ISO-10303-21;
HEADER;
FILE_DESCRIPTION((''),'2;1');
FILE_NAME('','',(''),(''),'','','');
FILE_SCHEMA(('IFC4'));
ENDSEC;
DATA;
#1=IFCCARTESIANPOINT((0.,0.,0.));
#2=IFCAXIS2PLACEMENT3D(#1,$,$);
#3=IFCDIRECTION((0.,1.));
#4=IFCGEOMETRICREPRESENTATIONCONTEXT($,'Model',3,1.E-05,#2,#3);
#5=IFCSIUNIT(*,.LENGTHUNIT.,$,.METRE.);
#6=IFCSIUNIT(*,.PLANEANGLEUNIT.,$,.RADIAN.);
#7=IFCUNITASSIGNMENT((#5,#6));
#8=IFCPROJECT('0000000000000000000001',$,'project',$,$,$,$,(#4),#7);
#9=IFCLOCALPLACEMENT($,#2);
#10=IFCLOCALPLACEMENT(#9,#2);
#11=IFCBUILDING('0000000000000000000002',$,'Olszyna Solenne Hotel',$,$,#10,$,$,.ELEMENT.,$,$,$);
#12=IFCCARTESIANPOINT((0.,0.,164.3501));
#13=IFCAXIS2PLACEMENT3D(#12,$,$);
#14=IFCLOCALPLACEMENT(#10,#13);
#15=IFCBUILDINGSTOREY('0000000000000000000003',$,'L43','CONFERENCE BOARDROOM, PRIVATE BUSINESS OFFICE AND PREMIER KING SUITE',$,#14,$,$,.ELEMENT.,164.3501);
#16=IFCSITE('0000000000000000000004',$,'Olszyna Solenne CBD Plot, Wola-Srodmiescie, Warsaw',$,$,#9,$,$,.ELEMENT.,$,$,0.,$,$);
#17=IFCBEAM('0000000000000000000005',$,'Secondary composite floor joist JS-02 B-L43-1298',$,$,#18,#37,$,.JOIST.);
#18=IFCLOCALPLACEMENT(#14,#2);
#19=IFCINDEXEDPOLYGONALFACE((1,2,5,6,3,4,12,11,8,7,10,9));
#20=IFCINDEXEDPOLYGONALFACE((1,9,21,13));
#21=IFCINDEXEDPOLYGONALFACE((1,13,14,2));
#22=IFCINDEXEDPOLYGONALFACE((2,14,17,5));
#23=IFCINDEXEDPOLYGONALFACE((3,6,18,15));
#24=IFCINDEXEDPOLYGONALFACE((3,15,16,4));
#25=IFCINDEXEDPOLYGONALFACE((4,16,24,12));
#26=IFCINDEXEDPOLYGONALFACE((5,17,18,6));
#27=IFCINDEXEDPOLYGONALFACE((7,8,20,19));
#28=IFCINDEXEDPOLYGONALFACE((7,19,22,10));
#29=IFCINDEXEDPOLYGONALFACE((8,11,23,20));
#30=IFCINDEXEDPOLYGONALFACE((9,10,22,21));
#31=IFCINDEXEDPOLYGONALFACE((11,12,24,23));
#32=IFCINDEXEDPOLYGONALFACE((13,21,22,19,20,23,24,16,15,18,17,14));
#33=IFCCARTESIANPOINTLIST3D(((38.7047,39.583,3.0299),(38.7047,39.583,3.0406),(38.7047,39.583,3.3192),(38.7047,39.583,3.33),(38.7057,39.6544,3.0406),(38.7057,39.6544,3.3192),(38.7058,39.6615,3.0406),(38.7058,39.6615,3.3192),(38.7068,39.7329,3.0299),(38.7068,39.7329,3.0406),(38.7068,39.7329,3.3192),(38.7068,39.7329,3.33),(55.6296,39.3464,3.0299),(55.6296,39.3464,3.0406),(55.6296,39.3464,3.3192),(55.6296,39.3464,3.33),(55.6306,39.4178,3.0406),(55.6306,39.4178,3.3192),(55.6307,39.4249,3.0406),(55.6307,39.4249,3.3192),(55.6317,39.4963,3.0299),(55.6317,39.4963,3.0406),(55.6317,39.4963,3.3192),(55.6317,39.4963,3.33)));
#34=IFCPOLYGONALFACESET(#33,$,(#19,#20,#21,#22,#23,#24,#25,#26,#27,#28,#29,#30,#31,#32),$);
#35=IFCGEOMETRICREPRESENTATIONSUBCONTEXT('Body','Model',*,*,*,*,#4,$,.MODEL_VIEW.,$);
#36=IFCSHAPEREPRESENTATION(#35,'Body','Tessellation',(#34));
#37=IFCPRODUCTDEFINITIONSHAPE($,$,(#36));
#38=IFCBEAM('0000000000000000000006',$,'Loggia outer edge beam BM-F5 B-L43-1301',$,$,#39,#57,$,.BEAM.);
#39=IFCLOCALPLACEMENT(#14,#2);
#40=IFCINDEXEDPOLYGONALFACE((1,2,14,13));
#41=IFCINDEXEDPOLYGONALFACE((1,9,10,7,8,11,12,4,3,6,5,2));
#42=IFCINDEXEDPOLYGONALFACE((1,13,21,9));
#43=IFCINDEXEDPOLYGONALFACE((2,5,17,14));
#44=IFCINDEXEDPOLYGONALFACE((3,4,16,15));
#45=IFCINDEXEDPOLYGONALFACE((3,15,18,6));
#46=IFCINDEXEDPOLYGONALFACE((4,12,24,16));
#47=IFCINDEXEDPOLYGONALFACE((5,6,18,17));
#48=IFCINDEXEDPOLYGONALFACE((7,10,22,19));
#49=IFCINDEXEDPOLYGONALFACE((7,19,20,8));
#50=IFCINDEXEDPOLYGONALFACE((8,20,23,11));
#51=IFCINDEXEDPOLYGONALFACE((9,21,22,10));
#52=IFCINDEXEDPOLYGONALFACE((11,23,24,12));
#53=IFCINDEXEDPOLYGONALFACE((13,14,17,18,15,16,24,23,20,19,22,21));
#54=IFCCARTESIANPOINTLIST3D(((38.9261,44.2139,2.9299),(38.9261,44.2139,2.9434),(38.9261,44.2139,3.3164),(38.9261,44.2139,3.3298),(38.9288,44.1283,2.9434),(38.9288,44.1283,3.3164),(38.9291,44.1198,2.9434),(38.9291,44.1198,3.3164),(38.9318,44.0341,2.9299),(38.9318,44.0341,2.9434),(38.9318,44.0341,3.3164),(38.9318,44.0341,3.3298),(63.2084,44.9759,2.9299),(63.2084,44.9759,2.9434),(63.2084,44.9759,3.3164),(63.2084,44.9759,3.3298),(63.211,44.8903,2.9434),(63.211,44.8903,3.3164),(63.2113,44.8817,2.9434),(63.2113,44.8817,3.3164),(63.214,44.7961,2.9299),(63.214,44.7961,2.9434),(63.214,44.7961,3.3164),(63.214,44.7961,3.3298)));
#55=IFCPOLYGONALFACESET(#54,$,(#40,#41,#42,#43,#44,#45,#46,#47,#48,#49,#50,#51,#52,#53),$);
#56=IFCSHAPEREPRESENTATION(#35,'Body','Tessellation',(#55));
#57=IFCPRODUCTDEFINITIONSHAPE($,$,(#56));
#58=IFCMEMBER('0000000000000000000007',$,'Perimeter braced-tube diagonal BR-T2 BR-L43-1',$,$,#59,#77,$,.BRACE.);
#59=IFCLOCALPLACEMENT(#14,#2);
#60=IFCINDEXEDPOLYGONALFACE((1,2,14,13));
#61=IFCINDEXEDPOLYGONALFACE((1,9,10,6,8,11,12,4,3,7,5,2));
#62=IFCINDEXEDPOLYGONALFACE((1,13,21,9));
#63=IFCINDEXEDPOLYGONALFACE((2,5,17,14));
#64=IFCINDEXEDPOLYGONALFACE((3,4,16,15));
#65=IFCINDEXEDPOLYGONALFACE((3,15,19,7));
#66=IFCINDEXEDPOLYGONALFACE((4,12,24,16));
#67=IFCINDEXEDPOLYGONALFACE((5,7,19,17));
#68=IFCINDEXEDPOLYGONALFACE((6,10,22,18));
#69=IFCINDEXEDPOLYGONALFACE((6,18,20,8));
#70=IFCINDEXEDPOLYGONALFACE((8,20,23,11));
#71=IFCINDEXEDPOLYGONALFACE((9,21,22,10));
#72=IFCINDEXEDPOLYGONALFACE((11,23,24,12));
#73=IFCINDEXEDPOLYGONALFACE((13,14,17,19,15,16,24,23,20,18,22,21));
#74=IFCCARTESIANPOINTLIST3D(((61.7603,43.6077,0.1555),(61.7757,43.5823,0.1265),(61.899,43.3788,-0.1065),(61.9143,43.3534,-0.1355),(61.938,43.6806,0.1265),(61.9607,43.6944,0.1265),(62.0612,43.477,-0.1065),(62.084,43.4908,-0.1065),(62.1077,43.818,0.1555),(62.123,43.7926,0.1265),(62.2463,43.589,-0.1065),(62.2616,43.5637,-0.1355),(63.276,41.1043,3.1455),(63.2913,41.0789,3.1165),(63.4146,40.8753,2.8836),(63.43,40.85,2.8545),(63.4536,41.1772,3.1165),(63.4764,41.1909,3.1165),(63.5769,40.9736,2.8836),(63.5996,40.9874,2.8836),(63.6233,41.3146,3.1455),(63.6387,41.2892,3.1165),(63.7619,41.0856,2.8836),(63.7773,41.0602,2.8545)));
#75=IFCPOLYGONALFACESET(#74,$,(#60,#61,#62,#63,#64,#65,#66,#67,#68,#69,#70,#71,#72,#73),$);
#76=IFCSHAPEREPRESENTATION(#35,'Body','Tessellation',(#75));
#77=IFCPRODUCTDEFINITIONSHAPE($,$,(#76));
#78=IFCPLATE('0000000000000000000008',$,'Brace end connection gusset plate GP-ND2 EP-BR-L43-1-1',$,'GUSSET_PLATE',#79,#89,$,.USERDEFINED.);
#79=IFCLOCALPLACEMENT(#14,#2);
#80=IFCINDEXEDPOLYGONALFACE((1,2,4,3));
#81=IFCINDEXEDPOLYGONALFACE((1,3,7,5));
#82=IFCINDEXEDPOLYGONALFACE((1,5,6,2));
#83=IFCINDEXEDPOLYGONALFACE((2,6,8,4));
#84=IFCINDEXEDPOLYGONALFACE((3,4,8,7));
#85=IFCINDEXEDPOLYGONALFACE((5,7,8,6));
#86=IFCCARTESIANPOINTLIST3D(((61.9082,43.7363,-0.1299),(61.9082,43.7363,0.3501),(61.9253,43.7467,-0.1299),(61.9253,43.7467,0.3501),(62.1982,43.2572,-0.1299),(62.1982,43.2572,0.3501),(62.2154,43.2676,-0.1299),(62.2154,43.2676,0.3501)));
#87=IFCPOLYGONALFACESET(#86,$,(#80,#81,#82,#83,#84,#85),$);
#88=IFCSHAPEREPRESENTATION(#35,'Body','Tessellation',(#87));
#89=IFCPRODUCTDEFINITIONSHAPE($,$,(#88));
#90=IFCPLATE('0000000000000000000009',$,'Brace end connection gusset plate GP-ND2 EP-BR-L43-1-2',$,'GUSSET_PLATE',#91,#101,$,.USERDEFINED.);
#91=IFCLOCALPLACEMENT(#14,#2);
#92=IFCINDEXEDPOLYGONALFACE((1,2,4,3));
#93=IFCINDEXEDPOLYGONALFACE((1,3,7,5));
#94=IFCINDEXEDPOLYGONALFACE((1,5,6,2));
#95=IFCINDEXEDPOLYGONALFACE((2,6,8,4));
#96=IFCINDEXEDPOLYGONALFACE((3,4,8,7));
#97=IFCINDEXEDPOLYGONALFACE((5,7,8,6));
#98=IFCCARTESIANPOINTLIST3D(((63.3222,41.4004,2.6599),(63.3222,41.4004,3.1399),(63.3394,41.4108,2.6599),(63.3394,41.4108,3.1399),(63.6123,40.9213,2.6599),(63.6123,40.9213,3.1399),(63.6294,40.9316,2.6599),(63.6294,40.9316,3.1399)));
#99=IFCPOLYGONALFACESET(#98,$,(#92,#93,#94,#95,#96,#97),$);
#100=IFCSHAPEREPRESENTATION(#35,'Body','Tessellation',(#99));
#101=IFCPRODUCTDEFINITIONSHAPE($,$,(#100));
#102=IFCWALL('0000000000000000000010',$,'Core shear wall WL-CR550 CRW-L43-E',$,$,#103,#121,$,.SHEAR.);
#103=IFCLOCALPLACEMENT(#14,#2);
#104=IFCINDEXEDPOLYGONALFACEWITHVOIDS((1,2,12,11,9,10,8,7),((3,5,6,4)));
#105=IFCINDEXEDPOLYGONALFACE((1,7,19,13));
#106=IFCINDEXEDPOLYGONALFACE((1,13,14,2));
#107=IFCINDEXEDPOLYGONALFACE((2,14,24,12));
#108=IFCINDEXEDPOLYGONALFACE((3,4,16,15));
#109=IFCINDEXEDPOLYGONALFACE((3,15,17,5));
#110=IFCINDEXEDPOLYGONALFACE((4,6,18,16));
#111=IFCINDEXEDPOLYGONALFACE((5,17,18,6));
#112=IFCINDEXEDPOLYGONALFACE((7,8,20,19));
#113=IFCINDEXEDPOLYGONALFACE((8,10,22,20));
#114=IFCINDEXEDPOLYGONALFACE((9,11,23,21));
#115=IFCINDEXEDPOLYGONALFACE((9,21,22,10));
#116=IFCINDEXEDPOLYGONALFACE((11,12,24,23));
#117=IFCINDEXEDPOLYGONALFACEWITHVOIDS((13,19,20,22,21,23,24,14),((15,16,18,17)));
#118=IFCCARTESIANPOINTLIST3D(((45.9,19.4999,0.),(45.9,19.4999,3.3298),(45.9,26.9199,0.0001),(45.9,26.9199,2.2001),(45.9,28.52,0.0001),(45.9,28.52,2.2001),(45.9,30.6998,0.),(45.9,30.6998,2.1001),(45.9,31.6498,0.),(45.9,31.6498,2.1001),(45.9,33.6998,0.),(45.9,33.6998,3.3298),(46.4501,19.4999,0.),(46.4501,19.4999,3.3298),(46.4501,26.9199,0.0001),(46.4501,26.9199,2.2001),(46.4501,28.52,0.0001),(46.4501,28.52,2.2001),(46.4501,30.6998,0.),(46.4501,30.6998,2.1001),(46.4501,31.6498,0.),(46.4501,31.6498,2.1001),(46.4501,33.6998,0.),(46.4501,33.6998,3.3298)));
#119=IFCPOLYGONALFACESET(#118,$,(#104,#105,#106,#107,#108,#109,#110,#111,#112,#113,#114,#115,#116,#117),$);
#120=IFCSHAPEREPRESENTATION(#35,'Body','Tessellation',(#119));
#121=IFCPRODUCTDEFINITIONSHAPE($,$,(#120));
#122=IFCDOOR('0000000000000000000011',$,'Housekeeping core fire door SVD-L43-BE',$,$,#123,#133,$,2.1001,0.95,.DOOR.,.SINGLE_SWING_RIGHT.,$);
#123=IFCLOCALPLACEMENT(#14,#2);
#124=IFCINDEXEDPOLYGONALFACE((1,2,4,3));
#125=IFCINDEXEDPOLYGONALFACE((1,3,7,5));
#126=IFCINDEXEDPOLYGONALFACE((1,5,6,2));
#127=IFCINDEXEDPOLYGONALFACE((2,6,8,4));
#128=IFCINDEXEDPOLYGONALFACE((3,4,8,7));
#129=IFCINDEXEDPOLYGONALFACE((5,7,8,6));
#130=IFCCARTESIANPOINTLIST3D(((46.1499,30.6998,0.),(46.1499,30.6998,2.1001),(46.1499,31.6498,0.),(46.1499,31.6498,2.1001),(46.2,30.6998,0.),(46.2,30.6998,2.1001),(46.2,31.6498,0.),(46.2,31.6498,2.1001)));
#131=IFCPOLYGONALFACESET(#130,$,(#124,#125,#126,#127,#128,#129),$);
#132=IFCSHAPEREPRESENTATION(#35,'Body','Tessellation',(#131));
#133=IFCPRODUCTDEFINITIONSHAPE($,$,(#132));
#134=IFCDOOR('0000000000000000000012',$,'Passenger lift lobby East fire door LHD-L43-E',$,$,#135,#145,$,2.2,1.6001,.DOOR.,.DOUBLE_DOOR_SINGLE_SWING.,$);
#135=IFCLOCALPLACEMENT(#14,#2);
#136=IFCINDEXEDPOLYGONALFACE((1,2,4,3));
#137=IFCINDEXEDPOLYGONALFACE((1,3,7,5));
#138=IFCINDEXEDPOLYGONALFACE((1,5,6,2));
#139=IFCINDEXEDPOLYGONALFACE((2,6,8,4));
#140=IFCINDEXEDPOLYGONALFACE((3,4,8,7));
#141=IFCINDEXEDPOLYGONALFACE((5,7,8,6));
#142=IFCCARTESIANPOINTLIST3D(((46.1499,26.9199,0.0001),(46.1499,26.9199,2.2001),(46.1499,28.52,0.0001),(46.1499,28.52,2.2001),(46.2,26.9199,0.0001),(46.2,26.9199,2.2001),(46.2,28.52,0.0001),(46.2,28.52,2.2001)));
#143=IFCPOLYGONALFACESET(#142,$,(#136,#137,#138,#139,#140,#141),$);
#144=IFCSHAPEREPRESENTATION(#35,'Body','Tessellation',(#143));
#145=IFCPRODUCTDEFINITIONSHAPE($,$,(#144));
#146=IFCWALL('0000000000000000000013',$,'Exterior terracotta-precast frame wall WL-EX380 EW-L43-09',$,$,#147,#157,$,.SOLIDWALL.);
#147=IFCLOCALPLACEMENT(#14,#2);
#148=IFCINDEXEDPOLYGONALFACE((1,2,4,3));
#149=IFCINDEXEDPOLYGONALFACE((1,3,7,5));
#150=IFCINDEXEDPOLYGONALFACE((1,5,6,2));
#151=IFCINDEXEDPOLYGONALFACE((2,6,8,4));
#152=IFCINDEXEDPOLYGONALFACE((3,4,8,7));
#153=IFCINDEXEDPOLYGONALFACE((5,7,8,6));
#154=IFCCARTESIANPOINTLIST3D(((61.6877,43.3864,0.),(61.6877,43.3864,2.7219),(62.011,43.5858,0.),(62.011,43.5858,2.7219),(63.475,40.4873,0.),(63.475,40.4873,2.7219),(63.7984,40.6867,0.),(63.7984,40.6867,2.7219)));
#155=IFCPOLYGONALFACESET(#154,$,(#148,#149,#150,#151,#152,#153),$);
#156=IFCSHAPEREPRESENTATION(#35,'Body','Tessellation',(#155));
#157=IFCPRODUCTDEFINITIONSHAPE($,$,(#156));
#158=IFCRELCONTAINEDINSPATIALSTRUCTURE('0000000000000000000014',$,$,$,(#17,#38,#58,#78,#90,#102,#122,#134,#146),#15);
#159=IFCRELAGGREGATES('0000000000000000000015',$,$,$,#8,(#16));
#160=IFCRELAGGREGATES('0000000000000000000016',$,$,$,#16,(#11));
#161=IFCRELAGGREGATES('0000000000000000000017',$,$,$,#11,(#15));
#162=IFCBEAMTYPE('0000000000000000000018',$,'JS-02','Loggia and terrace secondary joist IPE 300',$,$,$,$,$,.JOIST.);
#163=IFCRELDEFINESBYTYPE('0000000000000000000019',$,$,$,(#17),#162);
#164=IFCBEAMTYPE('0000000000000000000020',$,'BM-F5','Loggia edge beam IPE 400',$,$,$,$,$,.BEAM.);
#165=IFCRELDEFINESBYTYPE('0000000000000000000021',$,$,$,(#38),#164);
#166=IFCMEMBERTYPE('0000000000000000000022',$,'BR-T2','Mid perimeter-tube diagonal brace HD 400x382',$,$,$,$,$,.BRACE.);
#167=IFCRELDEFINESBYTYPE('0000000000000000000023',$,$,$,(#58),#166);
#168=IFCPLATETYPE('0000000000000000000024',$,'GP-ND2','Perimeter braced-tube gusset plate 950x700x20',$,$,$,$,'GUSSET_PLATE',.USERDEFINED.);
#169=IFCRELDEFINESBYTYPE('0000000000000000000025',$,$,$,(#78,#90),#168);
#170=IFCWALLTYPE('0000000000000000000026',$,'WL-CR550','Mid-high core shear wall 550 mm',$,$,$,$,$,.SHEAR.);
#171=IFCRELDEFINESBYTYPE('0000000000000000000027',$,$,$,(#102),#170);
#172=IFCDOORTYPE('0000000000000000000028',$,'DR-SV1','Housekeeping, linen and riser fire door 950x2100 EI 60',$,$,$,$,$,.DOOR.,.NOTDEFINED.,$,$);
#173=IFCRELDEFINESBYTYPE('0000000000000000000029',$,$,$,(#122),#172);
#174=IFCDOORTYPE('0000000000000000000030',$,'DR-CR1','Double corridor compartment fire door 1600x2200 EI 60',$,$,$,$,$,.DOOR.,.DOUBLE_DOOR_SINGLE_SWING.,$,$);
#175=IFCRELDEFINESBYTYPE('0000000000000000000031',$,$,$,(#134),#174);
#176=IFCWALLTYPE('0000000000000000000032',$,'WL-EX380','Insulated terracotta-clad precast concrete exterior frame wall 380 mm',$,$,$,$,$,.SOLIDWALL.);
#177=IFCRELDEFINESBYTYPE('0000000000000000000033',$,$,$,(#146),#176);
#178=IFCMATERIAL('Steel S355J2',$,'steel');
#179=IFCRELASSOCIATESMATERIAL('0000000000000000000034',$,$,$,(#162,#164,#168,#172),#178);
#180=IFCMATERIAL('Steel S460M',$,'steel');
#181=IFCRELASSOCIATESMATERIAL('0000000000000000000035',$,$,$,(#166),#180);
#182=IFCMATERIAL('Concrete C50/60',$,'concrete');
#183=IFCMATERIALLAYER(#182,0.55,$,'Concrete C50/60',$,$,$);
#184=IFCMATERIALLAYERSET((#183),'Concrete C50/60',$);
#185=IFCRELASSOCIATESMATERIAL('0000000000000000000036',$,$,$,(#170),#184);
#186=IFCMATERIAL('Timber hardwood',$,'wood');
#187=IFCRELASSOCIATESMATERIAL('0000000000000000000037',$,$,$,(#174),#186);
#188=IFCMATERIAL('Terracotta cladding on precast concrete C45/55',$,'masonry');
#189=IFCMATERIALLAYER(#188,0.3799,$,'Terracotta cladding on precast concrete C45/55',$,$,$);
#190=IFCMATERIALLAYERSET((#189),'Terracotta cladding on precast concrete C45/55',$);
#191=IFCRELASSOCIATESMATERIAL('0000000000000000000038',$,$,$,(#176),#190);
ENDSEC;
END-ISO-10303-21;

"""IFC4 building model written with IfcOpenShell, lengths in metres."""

from ifc_helpers import new_model, si_unit, direction, frame, frame_2d, origin, origin_2d, place, context, subcontext, project, spatial, rectangle, i_section, extrude, source, transform, mapped, material, layer, layer_set, material_profile, profile_set, type_object, type_shapes, element, fill, save


model = new_model("IFC4")

# Units and contexts
model_context = context("Model", 3, precision=1e-05, world=origin(), true_north=direction((0.0, 1.0)))
body_context = subcontext(model_context, "Body", "Model", "MODEL_VIEW")
ifc_project = project(units=[si_unit("LENGTHUNIT", "METRE"), si_unit("PLANEANGLEUNIT", "RADIAN")], contexts=[model_context])

# Site, building, storey
site_placement = place(None, origin())
site = spatial("IfcSite", under=ifc_project, at=site_placement, Name="Olszyna Solenne CBD Plot, Wola-Srodmiescie, Warsaw", CompositionType="ELEMENT", RefElevation=0.0)
building_placement = place(site_placement, origin())
building = spatial("IfcBuilding", under=site, at=building_placement, Name="Olszyna Solenne Hotel", CompositionType="ELEMENT")
storey_placement = place(building_placement, frame((0.0, 0.0, 164.3501)))
storey = spatial("IfcBuildingStorey", under=building, at=storey_placement, Name="L43", Description="CONFERENCE BOARDROOM, PRIVATE BUSINESS OFFICE AND PREMIER KING SUITE", CompositionType="ELEMENT", Elevation=164.3501)

# Shared definitions
ifc_material_1 = material(Name="Steel S460M", Category="steel")

# Beams
ifc_material_2 = material(Name="Steel S355J2", Category="steel")
ifc_material_profile_1 = material_profile(ifc_material_2, i_section(OverallWidth=0.1499, OverallDepth=0.3, WebThickness=0.0071, FlangeThickness=0.0107, at=origin_2d()), Name="IPE 300", Category="load-bearing")
ifc_profile_set_1 = profile_set([ifc_material_profile_1], Name="Steel S355J2")
beam_type_1 = type_object("IfcBeamType", Name="JS-02", Description="Loggia and terrace secondary joist IPE 300", PredefinedType="JOIST", material=ifc_profile_set_1)
shared_shape_1 = source(origin(), body_context, "Body", "SweptSolid", [
    extrude(i_section(OverallWidth=0.1499, OverallDepth=0.3, WebThickness=0.0071, FlangeThickness=0.0107, at=origin_2d()), origin(), (0.0, 0.0, 1.0), 16.9265),
])
beam_1_placement = place(storey_placement, frame((55.6306, 39.4214, 3.1799), z_axis=(-0.999902, 0.013976, 0.0), x_axis=(-0.013976, -0.999902, 0.0)))
element("IfcBeam", 1, at=beam_1_placement, inside=storey, type_object=beam_type_1, Name="Secondary composite floor joist JS-02 B-L43-1298", PredefinedType="JOIST", context=body_context, shape_type="MappedRepresentation", body=[
    mapped(shared_shape_1, transform((0.0, 0.0, 0.0), x_axis=(1.0, 0.0, 0.0), y_axis=(0.0, 1.0, 0.0), z_axis=(0.0, 0.0, 1.0), scale=1.0)),
])
ifc_material_profile_2 = material_profile(ifc_material_2, i_section(OverallWidth=0.1799, OverallDepth=0.3999, WebThickness=0.0085, FlangeThickness=0.0134, at=origin_2d()), Name="IPE 400", Category="load-bearing")
ifc_profile_set_2 = profile_set([ifc_material_profile_2], Name="Steel S355J2")
beam_type_2 = type_object("IfcBeamType", Name="BM-F5", Description="Loggia edge beam IPE 400", PredefinedType="BEAM", material=ifc_profile_set_2)
shared_shape_2 = source(origin(), body_context, "Body", "SweptSolid", [
    extrude(i_section(OverallWidth=0.1799, OverallDepth=0.3999, WebThickness=0.0085, FlangeThickness=0.0134, at=origin_2d()), origin(), (0.0, 0.0, 1.0), 24.2942),
])
beam_2_placement = place(storey_placement, frame((63.2112, 44.886, 3.1299), z_axis=(-0.999508, -0.031364, 0.0), x_axis=(0.031364, -0.999508, 0.0)))
element("IfcBeam", 2, at=beam_2_placement, inside=storey, type_object=beam_type_2, Name="Loggia outer edge beam BM-F5 B-L43-1301", PredefinedType="BEAM", context=body_context, shape_type="MappedRepresentation", body=[
    mapped(shared_shape_2, transform((0.0, 0.0, 0.0), x_axis=(1.0, 0.0, 0.0), y_axis=(0.0, 1.0, 0.0), z_axis=(0.0, 0.0, 1.0), scale=1.0)),
])

# Member
ifc_material_profile_3 = material_profile(ifc_material_1, i_section(OverallWidth=0.406, OverallDepth=0.416, WebThickness=0.0266, FlangeThickness=0.0415, at=origin_2d()), Name="HD 400x382", Category="load-bearing")
ifc_profile_set_3 = profile_set([ifc_material_profile_3], Name="Steel S460M")
member_type = type_object("IfcMemberType", Name="BR-T2", Description="Mid perimeter-tube diagonal brace HD 400x382", PredefinedType="BRACE", material=ifc_profile_set_3)
shared_shape_3 = source(origin(), body_context, "Body", "SweptSolid", [
    extrude(i_section(OverallWidth=0.406, OverallDepth=0.416, WebThickness=0.0266, FlangeThickness=0.0415, at=origin_2d()), origin(), (0.0, 0.0, 1.0), 4.1838),
])
member_placement = place(storey_placement, frame((62.011, 43.5857, 0.01), z_axis=(0.36226, -0.598358, 0.714657), x_axis=(0.85544, 0.517902, 0.0)))
element("IfcMember", 3, at=member_placement, inside=storey, type_object=member_type, Name="Perimeter braced-tube diagonal BR-T2 BR-L43-1", PredefinedType="BRACE", context=body_context, shape_type="MappedRepresentation", body=[
    mapped(shared_shape_3, transform((0.0, 0.0, 0.0), x_axis=(1.0, 0.0, 0.0), y_axis=(0.0, 1.0, 0.0), z_axis=(0.0, 0.0, 1.0), scale=1.0)),
])

# Plates
plate_type = type_object("IfcPlateType", Name="GP-ND2", Description="Perimeter braced-tube gusset plate 950x700x20", ElementType="GUSSET_PLATE", PredefinedType="USERDEFINED", material=ifc_material_2)
shared_shape_4 = source(origin(), body_context, "Body", "SweptSolid", [
    extrude(rectangle(XDim=0.5601, YDim=0.02, at=origin_2d()), origin(), (0.0, 0.0, 1.0), 0.48),
])
for number, where, z_axis, x_axis, name in (
    (4, (62.0618, 43.502, -0.1299), (0.0, 0.0, 1.0), (0.517878, -0.855455, 0.0), "Brace end connection gusset plate GP-ND2 EP-BR-L43-1-1"),
    (5, (63.4758, 41.166, 2.6599), (0.0, 0.0, 1.0), (0.517878, -0.855455, 0.0), "Brace end connection gusset plate GP-ND2 EP-BR-L43-1-2"),
):
    element("IfcPlate", number, at=place(storey_placement, frame(where, z_axis=z_axis, x_axis=x_axis)), inside=storey, type_object=plate_type, Name=name, ObjectType="GUSSET_PLATE", PredefinedType="USERDEFINED", context=body_context, shape_type="MappedRepresentation", body=[
        mapped(shared_shape_4, transform((0.0, 0.0, 0.0), x_axis=(1.0, 0.0, 0.0), y_axis=(0.0, 1.0, 0.0), z_axis=(0.0, 0.0, 1.0), scale=1.0)),
    ])

# Wall, openings, doors
ifc_material_3 = material(Name="Concrete C50/60", Category="concrete")
ifc_layer_1 = layer(ifc_material_3, 0.55, Name="Concrete C50/60")
ifc_layer_set_1 = layer_set([ifc_layer_1], Name="Concrete C50/60")
wall_type_1 = type_object("IfcWallType", Name="WL-CR550", Description="Mid-high core shear wall 550 mm", PredefinedType="SHEAR", material=ifc_layer_set_1)
wall_1_placement = place(storey_placement, frame((46.175, 33.7, 0.0), z_axis=(0.0, 0.0, 1.0), x_axis=(0.0, -1.0, 0.0)))
wall_1 = element("IfcWall", 6, at=wall_1_placement, inside=storey, type_object=wall_type_1, Name="Core shear wall WL-CR550 CRW-L43-E", PredefinedType="SHEAR", context=body_context, shape_type="SweptSolid", body=[
    extrude(rectangle(XDim=14.2, YDim=0.55, at=frame_2d((7.1001, 0.0))), origin(), (0.0, 0.0, 1.0), 3.3298),
])
opening_1_placement = place(wall_1_placement, frame((5.1799, 0.0, 0.0)))
opening_1 = element("IfcOpeningElement", 7, at=opening_1_placement, cuts=wall_1, PredefinedType="OPENING", context=body_context, shape_type="SweptSolid", body=[
    extrude(rectangle(XDim=1.6001, YDim=2.2, at=frame_2d((0.8, 1.1001))), frame((0.0, 0.2852, 0.0), z_axis=(0.0, -1.0, 0.0), x_axis=(1.0, 0.0, 0.0)), (0.0, 0.0, 1.0), 0.5701),
])
opening_2_placement = place(wall_1_placement, frame((2.05, 0.0, 0.0)))
opening_2 = element("IfcOpeningElement", 8, at=opening_2_placement, cuts=wall_1, PredefinedType="OPENING", context=body_context, shape_type="SweptSolid", body=[
    extrude(rectangle(XDim=0.95, YDim=2.1001, at=frame_2d((0.4751, 1.05))), frame((0.0, 0.2852, 0.0), z_axis=(0.0, -1.0, 0.0), x_axis=(1.0, 0.0, 0.0)), (0.0, 0.0, 1.0), 0.5701),
])
door_type_1 = type_object("IfcDoorType", Name="DR-SV1", Description="Housekeeping, linen and riser fire door 950x2100 EI 60", OperationType="NOTDEFINED", PredefinedType="DOOR", material=ifc_material_2)
shared_shape_5 = source(origin(), body_context, "Body", "SweptSolid", [
    extrude(rectangle(XDim=0.95, YDim=2.1001, at=frame_2d((0.4751, 1.05))), frame((0.0, 0.0249, 0.0), z_axis=(0.0, -1.0, 0.0), x_axis=(1.0, 0.0, 0.0)), (0.0, 0.0, 1.0), 0.05),
])
type_shapes(door_type_1, [shared_shape_5])
door_1_placement = place(opening_2_placement, origin())
door_1 = element("IfcDoor", 9, at=door_1_placement, inside=storey, type_object=door_type_1, Name="Housekeeping core fire door SVD-L43-BE", OperationType="SINGLE_SWING_RIGHT", OverallHeight=2.1001, OverallWidth=0.95, PredefinedType="DOOR", context=body_context, shape_type="MappedRepresentation", body=[
    mapped(shared_shape_5, transform((0.0, 0.0, 0.0), x_axis=(1.0, 0.0, 0.0), y_axis=(0.0, 1.0, 0.0), z_axis=(0.0, 0.0, 1.0), scale=1.0)),
])
fill(opening_2, door_1)
ifc_material_4 = material(Name="Timber hardwood", Category="wood")
door_type_2 = type_object("IfcDoorType", Name="DR-CR1", Description="Double corridor compartment fire door 1600x2200 EI 60", OperationType="DOUBLE_DOOR_SINGLE_SWING", PredefinedType="DOOR", material=ifc_material_4)
shared_shape_6 = source(origin(), body_context, "Body", "SweptSolid", [
    extrude(rectangle(XDim=1.6001, YDim=2.2, at=frame_2d((0.8, 1.1001))), frame((0.0, 0.0249, 0.0), z_axis=(0.0, -1.0, 0.0), x_axis=(1.0, 0.0, 0.0)), (0.0, 0.0, 1.0), 0.05),
])
type_shapes(door_type_2, [shared_shape_6])
door_2_placement = place(opening_1_placement, origin())
door_2 = element("IfcDoor", 10, at=door_2_placement, inside=storey, type_object=door_type_2, Name="Passenger lift lobby East fire door LHD-L43-E", OperationType="DOUBLE_DOOR_SINGLE_SWING", OverallHeight=2.2, OverallWidth=1.6001, PredefinedType="DOOR", context=body_context, shape_type="MappedRepresentation", body=[
    mapped(shared_shape_6, transform((0.0, 0.0, 0.0), x_axis=(1.0, 0.0, 0.0), y_axis=(0.0, 1.0, 0.0), z_axis=(0.0, 0.0, 1.0), scale=1.0)),
])
fill(opening_1, door_2)

# Wall
ifc_material_5 = material(Name="Terracotta cladding on precast concrete C45/55", Category="masonry")
ifc_layer_2 = layer(ifc_material_5, 0.3799, Name="Terracotta cladding on precast concrete C45/55")
ifc_layer_set_2 = layer_set([ifc_layer_2], Name="Terracotta cladding on precast concrete C45/55")
wall_type_2 = type_object("IfcWallType", Name="WL-EX380", Description="Insulated terracotta-clad precast concrete exterior frame wall 380 mm", PredefinedType="SOLIDWALL", material=ifc_layer_set_2)
wall_2_placement = place(storey_placement, frame((61.8494, 43.4861, 0.0), z_axis=(0.0, 0.0, 1.0), x_axis=(0.524789, -0.851232, 0.0)))
element("IfcWall", 11, at=wall_2_placement, inside=storey, type_object=wall_type_2, Name="Exterior terracotta-precast frame wall WL-EX380 EW-L43-09", PredefinedType="SOLIDWALL", context=body_context, shape_type="SweptSolid", body=[
    extrude(rectangle(XDim=3.4058, YDim=0.3799, at=frame_2d((1.7029, 0.0))), origin(), (0.0, 0.0, 1.0), 2.7219),
])

save(model, "model.ifc")
